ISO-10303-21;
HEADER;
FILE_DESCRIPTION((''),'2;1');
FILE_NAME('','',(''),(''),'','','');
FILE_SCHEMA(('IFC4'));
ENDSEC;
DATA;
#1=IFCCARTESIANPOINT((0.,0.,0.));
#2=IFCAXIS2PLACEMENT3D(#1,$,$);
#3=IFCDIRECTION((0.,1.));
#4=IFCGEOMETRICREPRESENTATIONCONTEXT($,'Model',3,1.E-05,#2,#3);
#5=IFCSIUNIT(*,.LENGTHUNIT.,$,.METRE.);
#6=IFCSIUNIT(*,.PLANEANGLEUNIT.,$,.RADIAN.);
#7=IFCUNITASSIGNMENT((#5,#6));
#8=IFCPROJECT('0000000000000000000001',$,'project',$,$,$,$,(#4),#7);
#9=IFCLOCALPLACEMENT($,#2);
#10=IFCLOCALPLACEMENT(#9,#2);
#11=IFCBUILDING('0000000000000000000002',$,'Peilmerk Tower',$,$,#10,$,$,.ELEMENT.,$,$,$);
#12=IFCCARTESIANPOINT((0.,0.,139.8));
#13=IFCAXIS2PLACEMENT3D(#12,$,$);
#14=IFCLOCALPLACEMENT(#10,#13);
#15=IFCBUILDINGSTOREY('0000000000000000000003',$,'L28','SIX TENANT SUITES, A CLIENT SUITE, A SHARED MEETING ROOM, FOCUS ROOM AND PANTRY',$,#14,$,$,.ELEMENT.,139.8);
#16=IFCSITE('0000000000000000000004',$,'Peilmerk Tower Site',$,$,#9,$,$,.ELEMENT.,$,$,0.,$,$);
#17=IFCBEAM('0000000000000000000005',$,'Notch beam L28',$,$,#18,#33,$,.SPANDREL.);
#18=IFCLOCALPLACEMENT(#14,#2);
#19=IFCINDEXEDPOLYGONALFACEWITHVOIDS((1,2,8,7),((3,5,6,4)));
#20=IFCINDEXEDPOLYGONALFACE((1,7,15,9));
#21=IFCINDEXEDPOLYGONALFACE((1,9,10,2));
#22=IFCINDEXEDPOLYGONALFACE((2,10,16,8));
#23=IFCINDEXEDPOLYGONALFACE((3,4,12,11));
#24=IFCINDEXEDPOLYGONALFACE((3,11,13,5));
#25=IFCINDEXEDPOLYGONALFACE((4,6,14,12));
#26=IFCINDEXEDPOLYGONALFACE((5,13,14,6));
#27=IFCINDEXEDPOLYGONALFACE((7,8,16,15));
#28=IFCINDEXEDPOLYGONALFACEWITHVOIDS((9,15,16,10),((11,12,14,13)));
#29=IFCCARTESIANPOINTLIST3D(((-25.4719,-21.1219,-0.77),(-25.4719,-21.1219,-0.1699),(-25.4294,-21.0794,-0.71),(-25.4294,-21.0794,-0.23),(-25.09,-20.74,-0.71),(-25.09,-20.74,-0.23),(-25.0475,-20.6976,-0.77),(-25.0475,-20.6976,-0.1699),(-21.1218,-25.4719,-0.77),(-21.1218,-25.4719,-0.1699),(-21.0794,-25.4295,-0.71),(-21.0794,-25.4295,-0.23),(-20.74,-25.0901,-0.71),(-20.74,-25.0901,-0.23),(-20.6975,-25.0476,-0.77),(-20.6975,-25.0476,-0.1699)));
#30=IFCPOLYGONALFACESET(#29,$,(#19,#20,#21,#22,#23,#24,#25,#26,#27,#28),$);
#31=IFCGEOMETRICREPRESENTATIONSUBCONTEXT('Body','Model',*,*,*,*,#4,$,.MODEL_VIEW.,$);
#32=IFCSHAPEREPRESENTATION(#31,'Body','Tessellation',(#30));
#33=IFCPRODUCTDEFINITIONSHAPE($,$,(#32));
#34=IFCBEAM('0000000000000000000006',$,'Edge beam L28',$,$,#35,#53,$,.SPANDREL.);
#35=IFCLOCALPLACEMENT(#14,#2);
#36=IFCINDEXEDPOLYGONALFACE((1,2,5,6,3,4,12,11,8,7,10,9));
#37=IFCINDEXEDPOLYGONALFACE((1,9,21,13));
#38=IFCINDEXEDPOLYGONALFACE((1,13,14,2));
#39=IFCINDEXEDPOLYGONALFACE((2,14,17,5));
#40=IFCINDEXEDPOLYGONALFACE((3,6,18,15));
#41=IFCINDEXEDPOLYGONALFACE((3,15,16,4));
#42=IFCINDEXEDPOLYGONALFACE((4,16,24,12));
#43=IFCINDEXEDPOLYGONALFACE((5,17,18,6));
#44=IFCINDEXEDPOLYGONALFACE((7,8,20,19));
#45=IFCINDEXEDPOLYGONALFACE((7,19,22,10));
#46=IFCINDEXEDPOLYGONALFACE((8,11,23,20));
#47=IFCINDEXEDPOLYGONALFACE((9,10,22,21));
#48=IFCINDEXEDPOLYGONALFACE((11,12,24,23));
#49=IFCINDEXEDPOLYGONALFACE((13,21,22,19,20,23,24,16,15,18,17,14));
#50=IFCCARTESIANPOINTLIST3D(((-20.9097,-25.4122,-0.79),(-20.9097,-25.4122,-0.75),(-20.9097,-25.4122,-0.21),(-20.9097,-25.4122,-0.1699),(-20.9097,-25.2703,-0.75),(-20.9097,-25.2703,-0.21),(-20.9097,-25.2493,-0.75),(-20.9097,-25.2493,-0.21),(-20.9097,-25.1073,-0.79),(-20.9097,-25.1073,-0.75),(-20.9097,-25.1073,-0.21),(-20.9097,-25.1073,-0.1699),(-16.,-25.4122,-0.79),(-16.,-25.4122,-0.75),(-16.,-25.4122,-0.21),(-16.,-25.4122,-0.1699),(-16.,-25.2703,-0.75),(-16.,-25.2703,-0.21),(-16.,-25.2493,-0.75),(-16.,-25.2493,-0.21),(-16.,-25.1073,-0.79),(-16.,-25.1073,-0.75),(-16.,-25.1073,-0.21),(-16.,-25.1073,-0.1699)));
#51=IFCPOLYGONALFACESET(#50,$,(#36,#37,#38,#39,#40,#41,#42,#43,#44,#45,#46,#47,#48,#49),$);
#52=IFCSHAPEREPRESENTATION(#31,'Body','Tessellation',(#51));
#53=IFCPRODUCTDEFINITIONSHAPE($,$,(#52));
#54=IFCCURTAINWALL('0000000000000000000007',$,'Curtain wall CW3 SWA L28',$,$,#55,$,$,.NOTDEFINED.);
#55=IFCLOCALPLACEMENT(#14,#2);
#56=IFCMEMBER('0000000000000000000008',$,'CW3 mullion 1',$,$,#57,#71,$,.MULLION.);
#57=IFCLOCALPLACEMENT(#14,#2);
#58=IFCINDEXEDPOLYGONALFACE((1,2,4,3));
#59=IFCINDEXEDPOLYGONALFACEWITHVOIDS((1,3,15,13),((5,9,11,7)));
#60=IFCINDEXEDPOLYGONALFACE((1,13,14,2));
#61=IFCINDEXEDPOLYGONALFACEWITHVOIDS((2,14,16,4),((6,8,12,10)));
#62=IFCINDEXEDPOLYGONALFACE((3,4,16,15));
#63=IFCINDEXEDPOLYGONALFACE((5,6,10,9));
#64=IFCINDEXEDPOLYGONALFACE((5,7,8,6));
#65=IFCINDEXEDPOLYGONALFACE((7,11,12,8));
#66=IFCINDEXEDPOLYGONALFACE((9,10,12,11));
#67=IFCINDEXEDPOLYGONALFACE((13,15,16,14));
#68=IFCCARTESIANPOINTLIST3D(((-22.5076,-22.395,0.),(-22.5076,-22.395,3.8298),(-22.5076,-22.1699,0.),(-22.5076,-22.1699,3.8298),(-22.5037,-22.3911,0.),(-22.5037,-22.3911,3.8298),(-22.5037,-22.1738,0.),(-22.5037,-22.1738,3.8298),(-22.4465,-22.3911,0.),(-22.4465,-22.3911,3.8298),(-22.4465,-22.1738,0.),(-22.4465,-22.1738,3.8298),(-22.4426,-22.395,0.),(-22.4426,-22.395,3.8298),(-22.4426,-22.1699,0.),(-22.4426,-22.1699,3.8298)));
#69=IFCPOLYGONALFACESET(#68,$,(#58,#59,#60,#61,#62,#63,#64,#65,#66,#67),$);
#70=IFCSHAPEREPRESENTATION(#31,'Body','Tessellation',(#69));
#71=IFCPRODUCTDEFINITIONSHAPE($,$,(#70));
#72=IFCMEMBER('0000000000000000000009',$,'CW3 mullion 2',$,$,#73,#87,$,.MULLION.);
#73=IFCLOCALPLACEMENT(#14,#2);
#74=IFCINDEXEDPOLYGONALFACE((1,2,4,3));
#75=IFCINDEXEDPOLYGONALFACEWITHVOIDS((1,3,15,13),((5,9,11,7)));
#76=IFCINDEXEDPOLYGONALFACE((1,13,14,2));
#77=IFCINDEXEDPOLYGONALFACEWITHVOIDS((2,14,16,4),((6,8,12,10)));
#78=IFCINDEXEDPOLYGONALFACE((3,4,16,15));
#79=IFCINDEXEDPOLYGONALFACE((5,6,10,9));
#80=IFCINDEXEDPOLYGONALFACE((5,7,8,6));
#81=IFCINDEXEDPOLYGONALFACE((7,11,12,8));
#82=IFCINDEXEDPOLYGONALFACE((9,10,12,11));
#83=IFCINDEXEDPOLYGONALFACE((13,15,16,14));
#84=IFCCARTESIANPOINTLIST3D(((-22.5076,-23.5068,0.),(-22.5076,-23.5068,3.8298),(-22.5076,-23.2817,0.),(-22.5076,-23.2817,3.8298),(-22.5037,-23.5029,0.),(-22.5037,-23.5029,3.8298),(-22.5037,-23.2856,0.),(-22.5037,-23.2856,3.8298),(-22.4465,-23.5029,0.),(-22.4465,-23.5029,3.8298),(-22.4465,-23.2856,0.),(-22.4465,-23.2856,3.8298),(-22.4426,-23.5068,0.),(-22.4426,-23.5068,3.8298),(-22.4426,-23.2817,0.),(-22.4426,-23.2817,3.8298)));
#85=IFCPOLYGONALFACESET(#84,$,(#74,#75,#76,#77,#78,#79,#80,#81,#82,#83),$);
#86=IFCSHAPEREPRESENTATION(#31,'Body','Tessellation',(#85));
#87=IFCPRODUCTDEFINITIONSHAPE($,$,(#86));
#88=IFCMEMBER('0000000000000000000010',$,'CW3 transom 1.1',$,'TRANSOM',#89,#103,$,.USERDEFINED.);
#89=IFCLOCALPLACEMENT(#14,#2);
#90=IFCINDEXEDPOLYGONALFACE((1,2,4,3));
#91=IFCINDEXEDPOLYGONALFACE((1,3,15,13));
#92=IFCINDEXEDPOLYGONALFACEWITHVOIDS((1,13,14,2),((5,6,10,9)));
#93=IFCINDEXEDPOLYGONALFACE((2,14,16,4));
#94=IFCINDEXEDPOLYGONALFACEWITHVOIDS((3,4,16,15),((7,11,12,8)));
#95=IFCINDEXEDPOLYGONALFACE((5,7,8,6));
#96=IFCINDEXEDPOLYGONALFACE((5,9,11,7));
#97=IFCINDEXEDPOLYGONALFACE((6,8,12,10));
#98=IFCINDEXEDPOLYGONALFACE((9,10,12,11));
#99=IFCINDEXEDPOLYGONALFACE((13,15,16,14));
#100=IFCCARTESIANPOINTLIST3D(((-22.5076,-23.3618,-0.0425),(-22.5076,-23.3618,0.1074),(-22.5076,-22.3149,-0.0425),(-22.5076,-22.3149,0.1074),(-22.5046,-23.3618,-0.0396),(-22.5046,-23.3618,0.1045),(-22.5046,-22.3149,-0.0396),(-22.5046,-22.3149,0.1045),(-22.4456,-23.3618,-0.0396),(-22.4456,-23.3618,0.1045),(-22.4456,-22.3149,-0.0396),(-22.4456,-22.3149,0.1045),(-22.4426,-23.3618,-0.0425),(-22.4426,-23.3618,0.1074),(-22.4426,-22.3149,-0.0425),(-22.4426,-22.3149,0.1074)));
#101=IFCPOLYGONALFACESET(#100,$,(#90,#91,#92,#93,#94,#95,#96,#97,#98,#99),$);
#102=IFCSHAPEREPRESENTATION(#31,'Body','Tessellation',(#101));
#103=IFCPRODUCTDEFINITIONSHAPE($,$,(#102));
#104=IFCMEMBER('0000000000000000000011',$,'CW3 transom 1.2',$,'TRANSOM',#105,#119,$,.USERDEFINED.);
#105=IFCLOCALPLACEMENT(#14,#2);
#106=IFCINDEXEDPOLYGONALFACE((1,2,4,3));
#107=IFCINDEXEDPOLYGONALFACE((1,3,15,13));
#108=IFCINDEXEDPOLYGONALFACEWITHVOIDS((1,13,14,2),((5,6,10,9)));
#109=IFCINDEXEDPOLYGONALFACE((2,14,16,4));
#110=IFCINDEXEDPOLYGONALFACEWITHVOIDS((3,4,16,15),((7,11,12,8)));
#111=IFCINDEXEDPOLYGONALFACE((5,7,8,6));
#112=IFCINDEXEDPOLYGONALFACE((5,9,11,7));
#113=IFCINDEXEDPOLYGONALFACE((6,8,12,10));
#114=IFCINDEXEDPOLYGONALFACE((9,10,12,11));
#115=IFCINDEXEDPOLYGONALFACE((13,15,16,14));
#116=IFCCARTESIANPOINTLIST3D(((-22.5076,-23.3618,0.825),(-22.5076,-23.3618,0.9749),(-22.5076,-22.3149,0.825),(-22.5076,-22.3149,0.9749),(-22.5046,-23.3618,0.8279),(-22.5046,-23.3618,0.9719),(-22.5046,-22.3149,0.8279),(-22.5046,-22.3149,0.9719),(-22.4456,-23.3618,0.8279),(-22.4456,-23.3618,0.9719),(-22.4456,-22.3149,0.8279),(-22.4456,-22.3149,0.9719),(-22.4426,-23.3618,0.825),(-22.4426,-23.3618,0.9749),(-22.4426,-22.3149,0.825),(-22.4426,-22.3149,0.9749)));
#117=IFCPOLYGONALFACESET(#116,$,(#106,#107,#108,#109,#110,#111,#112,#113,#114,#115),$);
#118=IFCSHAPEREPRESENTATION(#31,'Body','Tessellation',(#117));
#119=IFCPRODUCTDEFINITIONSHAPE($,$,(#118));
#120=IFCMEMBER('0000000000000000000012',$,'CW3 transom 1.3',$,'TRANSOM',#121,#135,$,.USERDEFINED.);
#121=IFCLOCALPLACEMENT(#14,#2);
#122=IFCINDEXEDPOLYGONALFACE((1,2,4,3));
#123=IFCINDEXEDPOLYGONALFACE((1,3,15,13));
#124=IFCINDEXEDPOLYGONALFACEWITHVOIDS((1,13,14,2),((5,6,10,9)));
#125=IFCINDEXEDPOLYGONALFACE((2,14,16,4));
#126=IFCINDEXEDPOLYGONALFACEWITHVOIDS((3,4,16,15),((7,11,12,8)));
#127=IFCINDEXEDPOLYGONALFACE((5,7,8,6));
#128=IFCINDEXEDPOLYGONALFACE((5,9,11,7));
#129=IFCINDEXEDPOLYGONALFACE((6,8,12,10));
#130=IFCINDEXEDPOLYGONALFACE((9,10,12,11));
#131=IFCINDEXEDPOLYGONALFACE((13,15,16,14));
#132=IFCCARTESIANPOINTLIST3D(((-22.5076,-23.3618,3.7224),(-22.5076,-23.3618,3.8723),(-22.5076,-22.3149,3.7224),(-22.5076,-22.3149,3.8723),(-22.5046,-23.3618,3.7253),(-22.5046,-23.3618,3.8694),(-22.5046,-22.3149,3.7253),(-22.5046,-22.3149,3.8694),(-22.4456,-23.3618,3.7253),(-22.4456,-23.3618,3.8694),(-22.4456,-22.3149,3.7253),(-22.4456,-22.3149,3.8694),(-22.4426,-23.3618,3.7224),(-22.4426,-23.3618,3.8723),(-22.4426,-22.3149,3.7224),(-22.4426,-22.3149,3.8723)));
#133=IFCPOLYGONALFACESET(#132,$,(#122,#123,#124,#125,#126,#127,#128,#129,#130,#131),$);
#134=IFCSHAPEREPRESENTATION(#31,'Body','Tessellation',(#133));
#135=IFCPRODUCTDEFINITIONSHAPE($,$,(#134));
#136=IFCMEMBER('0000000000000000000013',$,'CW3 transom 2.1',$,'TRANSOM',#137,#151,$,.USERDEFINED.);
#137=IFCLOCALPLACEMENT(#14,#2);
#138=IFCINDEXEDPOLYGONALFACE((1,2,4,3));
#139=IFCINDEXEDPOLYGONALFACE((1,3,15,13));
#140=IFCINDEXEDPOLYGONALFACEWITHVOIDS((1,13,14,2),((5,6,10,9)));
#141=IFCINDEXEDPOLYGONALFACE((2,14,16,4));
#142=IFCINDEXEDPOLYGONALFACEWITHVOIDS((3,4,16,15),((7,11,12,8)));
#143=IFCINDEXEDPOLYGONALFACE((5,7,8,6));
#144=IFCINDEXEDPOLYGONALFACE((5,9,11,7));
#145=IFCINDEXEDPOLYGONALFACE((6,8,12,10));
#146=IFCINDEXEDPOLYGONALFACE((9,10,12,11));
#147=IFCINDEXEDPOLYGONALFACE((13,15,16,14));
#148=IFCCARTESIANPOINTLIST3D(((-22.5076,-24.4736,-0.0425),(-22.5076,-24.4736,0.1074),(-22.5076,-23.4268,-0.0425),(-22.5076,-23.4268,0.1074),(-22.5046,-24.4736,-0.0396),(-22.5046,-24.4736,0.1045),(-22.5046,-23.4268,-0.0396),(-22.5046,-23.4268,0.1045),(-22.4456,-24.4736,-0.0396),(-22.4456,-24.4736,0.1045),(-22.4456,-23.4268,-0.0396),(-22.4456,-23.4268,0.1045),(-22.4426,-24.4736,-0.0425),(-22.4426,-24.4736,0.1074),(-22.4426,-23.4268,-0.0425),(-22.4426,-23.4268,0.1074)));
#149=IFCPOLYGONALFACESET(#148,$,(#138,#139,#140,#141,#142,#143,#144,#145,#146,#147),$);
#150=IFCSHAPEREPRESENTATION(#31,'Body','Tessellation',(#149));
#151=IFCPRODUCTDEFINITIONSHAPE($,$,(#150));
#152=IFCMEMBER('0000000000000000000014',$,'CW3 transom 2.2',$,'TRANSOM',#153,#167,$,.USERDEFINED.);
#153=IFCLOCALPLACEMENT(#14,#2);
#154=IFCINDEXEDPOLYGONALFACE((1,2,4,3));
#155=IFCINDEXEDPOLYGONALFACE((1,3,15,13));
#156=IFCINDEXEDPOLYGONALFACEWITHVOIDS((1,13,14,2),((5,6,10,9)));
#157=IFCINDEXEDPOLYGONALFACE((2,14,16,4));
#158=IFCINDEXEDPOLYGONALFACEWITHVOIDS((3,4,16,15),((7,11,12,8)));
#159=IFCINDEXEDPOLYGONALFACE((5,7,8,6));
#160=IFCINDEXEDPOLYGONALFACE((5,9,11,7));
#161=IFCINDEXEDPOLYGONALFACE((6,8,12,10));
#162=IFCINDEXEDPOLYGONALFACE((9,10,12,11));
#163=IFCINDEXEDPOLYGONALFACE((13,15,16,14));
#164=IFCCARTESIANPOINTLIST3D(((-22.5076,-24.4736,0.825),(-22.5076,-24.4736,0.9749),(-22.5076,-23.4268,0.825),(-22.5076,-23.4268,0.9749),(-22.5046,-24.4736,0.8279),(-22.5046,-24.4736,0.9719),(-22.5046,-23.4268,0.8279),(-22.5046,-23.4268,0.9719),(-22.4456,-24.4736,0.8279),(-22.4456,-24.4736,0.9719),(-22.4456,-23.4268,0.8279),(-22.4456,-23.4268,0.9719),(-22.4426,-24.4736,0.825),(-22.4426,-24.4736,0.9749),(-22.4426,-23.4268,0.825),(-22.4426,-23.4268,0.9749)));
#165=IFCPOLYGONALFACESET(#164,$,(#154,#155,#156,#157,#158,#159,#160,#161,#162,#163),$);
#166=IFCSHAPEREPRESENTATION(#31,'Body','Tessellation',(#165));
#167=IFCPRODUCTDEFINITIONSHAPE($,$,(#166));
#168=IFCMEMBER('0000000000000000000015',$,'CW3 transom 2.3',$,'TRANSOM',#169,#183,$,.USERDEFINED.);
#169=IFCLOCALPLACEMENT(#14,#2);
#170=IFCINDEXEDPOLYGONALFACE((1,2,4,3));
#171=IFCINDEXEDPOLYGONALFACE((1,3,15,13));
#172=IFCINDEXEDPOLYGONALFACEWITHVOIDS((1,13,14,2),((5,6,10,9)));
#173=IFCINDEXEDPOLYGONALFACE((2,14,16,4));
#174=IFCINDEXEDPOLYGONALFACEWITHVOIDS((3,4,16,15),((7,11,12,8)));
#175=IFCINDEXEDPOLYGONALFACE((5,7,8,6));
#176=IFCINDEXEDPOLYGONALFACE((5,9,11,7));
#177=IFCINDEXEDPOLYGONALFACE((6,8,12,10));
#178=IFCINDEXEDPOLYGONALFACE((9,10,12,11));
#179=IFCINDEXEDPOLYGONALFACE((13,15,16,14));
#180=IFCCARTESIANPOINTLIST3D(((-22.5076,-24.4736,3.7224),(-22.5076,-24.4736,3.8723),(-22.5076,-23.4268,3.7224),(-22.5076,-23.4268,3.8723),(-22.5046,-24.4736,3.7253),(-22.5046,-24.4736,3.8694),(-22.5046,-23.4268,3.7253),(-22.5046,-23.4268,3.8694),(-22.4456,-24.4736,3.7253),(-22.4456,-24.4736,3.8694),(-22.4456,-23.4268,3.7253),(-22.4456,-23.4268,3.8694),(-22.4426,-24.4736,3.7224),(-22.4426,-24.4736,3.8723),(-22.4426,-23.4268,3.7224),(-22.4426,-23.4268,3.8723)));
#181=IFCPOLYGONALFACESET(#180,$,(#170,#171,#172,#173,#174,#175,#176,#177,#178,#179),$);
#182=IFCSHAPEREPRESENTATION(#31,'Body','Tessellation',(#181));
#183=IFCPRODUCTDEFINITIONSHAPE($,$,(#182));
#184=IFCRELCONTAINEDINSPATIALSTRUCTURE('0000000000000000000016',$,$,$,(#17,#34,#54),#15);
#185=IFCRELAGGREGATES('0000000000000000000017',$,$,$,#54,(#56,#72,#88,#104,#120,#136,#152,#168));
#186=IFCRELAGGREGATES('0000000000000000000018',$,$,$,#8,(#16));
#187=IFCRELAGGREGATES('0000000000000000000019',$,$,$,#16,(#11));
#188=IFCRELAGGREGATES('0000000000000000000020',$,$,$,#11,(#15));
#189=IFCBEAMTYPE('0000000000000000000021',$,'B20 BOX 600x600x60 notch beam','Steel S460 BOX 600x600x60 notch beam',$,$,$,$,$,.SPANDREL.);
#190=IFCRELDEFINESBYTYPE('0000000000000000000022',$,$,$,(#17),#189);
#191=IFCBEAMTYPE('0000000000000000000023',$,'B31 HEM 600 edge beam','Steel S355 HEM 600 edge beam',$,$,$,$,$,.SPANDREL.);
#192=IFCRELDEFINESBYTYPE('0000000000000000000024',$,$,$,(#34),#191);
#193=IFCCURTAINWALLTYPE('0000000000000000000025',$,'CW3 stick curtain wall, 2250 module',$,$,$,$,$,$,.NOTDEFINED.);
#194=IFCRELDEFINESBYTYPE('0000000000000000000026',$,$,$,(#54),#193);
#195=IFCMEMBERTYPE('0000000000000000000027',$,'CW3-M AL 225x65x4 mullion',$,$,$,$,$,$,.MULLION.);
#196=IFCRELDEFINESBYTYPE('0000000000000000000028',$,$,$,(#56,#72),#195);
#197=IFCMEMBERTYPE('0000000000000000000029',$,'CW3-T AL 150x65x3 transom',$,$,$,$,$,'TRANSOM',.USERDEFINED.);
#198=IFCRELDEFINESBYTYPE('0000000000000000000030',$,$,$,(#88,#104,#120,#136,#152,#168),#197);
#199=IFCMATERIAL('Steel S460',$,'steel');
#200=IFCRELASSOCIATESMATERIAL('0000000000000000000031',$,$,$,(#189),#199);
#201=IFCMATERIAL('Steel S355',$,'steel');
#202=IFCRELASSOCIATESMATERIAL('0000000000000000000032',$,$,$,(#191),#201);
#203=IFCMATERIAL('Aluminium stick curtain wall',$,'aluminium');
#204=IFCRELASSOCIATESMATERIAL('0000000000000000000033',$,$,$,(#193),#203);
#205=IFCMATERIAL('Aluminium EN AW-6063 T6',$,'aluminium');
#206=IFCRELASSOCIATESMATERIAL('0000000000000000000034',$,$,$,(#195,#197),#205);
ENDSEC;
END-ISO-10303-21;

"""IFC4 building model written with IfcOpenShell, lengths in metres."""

from ifc_helpers import new_model, si_unit, direction, frame, origin, origin_2d, place, context, subcontext, project, spatial, hollow_rectangle, i_section, extrude, material, material_profile, profile_set, type_object, element, aggregate, save


model = new_model("IFC4")

# Units and contexts
model_context = context("Model", 3, precision=1e-05, world=origin(), true_north=direction((0.0, 1.0)))
body_context = subcontext(model_context, "Body", "Model", "MODEL_VIEW")
ifc_project = project(units=[si_unit("LENGTHUNIT", "METRE"), si_unit("PLANEANGLEUNIT", "RADIAN")], contexts=[model_context])

# Site, building, storey
site_placement = place(None, origin())
site = spatial("IfcSite", under=ifc_project, at=site_placement, Name="Peilmerk Tower Site", CompositionType="ELEMENT", RefElevation=0.0)
building_placement = place(site_placement, origin())
building = spatial("IfcBuilding", under=site, at=building_placement, Name="Peilmerk Tower", CompositionType="ELEMENT")
storey_placement = place(building_placement, frame((0.0, 0.0, 139.8)))
storey = spatial("IfcBuildingStorey", under=building, at=storey_placement, Name="L28", Description="SIX TENANT SUITES, A CLIENT SUITE, A SHARED MEETING ROOM, FOCUS ROOM AND PANTRY", CompositionType="ELEMENT", Elevation=139.8)

# Shared definitions
ifc_material_1 = material(Name="Steel S460", Category="steel")

# Beams
ifc_material_2 = material(Name="Steel S355", Category="steel")
ifc_material_profile_1 = material_profile(ifc_material_1, hollow_rectangle(XDim=0.6001, YDim=0.6001, WallThickness=0.0601, at=origin_2d()), Name="BOX 600x600x60")
ifc_profile_set_1 = profile_set([ifc_material_profile_1], Name="Steel S460")
beam_type_1 = type_object("IfcBeamType", Name="B20 BOX 600x600x60 notch beam", Description="Steel S460 BOX 600x600x60 notch beam", PredefinedType="SPANDREL", material=ifc_profile_set_1)
beam_1_placement = place(storey_placement, frame((-20.9097, -25.2598, -0.47), z_axis=(-0.707107, 0.707107, 0.0), x_axis=(-0.707107, -0.707107, 0.0)))
element("IfcBeam", 1, at=beam_1_placement, inside=storey, type_object=beam_type_1, Name="Notch beam L28", PredefinedType="SPANDREL", context=body_context, shape_type="SweptSolid", body=[
    extrude(hollow_rectangle(XDim=0.6001, YDim=0.6001, WallThickness=0.0601, at=origin_2d()), origin(), (0.0, 0.0, 1.0), 6.1519),
])
ifc_material_profile_2 = material_profile(ifc_material_2, i_section(OverallWidth=0.3049, OverallDepth=0.6201, WebThickness=0.021, FlangeThickness=0.04, at=origin_2d()), Name="HEM 600")
ifc_profile_set_2 = profile_set([ifc_material_profile_2], Name="Steel S355")
beam_type_2 = type_object("IfcBeamType", Name="B31 HEM 600 edge beam", Description="Steel S355 HEM 600 edge beam", PredefinedType="SPANDREL", material=ifc_profile_set_2)
beam_2_placement = place(storey_placement, frame((-20.9097, -25.2598, -0.48), z_axis=(1.0, 0.0, 0.0), x_axis=(0.0, 1.0, 0.0)))
element("IfcBeam", 2, at=beam_2_placement, inside=storey, type_object=beam_type_2, Name="Edge beam L28", PredefinedType="SPANDREL", context=body_context, shape_type="SweptSolid", body=[
    extrude(i_section(OverallWidth=0.3049, OverallDepth=0.6201, WebThickness=0.021, FlangeThickness=0.04, at=origin_2d()), origin(), (0.0, 0.0, 1.0), 4.9097),
])

# Curtain wall, members
ifc_material_3 = material(Name="Aluminium stick curtain wall", Category="aluminium")
curtain_wall_type = type_object("IfcCurtainWallType", Name="CW3 stick curtain wall, 2250 module", PredefinedType="NOTDEFINED", material=ifc_material_3)
curtain_wall_placement = place(storey_placement, origin())
curtain_wall = element("IfcCurtainWall", 3, at=curtain_wall_placement, inside=storey, type_object=curtain_wall_type, Name="Curtain wall CW3 SWA L28", PredefinedType="NOTDEFINED")
ifc_material_4 = material(Name="Aluminium EN AW-6063 T6", Category="aluminium")
ifc_material_profile_3 = material_profile(ifc_material_4, hollow_rectangle(XDim=0.0649, YDim=0.2251, WallThickness=0.0039, at=origin_2d()), Name="AL 225x65x4")
ifc_profile_set_3 = profile_set([ifc_material_profile_3], Name="Aluminium EN AW-6063 T6")
member_type_1 = type_object("IfcMemberType", Name="CW3-M AL 225x65x4 mullion", PredefinedType="MULLION", material=ifc_profile_set_3)
member_1_placement = place(storey_placement, frame((-22.4751, -22.2825, 0.0), z_axis=(0.0, 0.0, 1.0), x_axis=(1.0, 0.0, 0.0)))
member_1 = element("IfcMember", 4, at=member_1_placement, type_object=member_type_1, Name="CW3 mullion 1", PredefinedType="MULLION", context=body_context, shape_type="SweptSolid", body=[
    extrude(hollow_rectangle(XDim=0.0649, YDim=0.2251, WallThickness=0.0039, at=origin_2d()), origin(), (0.0, 0.0, 1.0), 3.8298),
])
member_2_placement = place(storey_placement, frame((-22.4751, -23.3943, 0.0), z_axis=(0.0, 0.0, 1.0), x_axis=(1.0, 0.0, 0.0)))
member_2 = element("IfcMember", 5, at=member_2_placement, type_object=member_type_1, Name="CW3 mullion 2", PredefinedType="MULLION", context=body_context, shape_type="SweptSolid", body=[
    extrude(hollow_rectangle(XDim=0.0649, YDim=0.2251, WallThickness=0.0039, at=origin_2d()), origin(), (0.0, 0.0, 1.0), 3.8298),
])
ifc_material_profile_4 = material_profile(ifc_material_4, hollow_rectangle(XDim=0.0649, YDim=0.1499, WallThickness=0.0029, at=origin_2d()), Name="AL 150x65x3")
ifc_profile_set_4 = profile_set([ifc_material_profile_4], Name="Aluminium EN AW-6063 T6")
member_type_2 = type_object("IfcMemberType", Name="CW3-T AL 150x65x3 transom", ElementType="TRANSOM", PredefinedType="USERDEFINED", material=ifc_profile_set_4)
member_3_placement = place(storey_placement, frame((-22.4751, -22.3149, 0.0325), z_axis=(0.0, -1.0, 0.0), x_axis=(1.0, 0.0, 0.0)))
member_3 = element("IfcMember", 6, at=member_3_placement, type_object=member_type_2, Name="CW3 transom 1.1", ObjectType="TRANSOM", PredefinedType="USERDEFINED", context=body_context, shape_type="SweptSolid", body=[
    extrude(hollow_rectangle(XDim=0.0649, YDim=0.1499, WallThickness=0.0029, at=origin_2d()), origin(), (0.0, 0.0, 1.0), 1.0469),
])
member_4_placement = place(storey_placement, frame((-22.4751, -22.3149, 0.8999), z_axis=(0.0, -1.0, 0.0), x_axis=(1.0, 0.0, 0.0)))
member_4 = element("IfcMember", 7, at=member_4_placement, type_object=member_type_2, Name="CW3 transom 1.2", ObjectType="TRANSOM", PredefinedType="USERDEFINED", context=body_context, shape_type="SweptSolid", body=[
    extrude(hollow_rectangle(XDim=0.0649, YDim=0.1499, WallThickness=0.0029, at=origin_2d()), origin(), (0.0, 0.0, 1.0), 1.0469),
])
member_5_placement = place(storey_placement, frame((-22.4751, -22.3149, 3.7974), z_axis=(0.0, -1.0, 0.0), x_axis=(1.0, 0.0, 0.0)))
member_5 = element("IfcMember", 8, at=member_5_placement, type_object=member_type_2, Name="CW3 transom 1.3", ObjectType="TRANSOM", PredefinedType="USERDEFINED", context=body_context, shape_type="SweptSolid", body=[
    extrude(hollow_rectangle(XDim=0.0649, YDim=0.1499, WallThickness=0.0029, at=origin_2d()), origin(), (0.0, 0.0, 1.0), 1.0469),
])
member_6_placement = place(storey_placement, frame((-22.4751, -23.4268, 0.0325), z_axis=(0.0, -1.0, 0.0), x_axis=(1.0, 0.0, 0.0)))
member_6 = element("IfcMember", 9, at=member_6_placement, type_object=member_type_2, Name="CW3 transom 2.1", ObjectType="TRANSOM", PredefinedType="USERDEFINED", context=body_context, shape_type="SweptSolid", body=[
    extrude(hollow_rectangle(XDim=0.0649, YDim=0.1499, WallThickness=0.0029, at=origin_2d()), origin(), (0.0, 0.0, 1.0), 1.0469),
])
member_7_placement = place(storey_placement, frame((-22.4751, -23.4268, 0.8999), z_axis=(0.0, -1.0, 0.0), x_axis=(1.0, 0.0, 0.0)))
member_7 = element("IfcMember", 10, at=member_7_placement, type_object=member_type_2, Name="CW3 transom 2.2", ObjectType="TRANSOM", PredefinedType="USERDEFINED", context=body_context, shape_type="SweptSolid", body=[
    extrude(hollow_rectangle(XDim=0.0649, YDim=0.1499, WallThickness=0.0029, at=origin_2d()), origin(), (0.0, 0.0, 1.0), 1.0469),
])
member_8_placement = place(storey_placement, frame((-22.4751, -23.4268, 3.7974), z_axis=(0.0, -1.0, 0.0), x_axis=(1.0, 0.0, 0.0)))
member_8 = element("IfcMember", 11, at=member_8_placement, type_object=member_type_2, Name="CW3 transom 2.3", ObjectType="TRANSOM", PredefinedType="USERDEFINED", context=body_context, shape_type="SweptSolid", body=[
    extrude(hollow_rectangle(XDim=0.0649, YDim=0.1499, WallThickness=0.0029, at=origin_2d()), origin(), (0.0, 0.0, 1.0), 1.0469),
])
aggregate(curtain_wall, [member_1, member_2, member_3, member_4, member_5, member_6, member_7, member_8])

save(model, "model.ifc")
